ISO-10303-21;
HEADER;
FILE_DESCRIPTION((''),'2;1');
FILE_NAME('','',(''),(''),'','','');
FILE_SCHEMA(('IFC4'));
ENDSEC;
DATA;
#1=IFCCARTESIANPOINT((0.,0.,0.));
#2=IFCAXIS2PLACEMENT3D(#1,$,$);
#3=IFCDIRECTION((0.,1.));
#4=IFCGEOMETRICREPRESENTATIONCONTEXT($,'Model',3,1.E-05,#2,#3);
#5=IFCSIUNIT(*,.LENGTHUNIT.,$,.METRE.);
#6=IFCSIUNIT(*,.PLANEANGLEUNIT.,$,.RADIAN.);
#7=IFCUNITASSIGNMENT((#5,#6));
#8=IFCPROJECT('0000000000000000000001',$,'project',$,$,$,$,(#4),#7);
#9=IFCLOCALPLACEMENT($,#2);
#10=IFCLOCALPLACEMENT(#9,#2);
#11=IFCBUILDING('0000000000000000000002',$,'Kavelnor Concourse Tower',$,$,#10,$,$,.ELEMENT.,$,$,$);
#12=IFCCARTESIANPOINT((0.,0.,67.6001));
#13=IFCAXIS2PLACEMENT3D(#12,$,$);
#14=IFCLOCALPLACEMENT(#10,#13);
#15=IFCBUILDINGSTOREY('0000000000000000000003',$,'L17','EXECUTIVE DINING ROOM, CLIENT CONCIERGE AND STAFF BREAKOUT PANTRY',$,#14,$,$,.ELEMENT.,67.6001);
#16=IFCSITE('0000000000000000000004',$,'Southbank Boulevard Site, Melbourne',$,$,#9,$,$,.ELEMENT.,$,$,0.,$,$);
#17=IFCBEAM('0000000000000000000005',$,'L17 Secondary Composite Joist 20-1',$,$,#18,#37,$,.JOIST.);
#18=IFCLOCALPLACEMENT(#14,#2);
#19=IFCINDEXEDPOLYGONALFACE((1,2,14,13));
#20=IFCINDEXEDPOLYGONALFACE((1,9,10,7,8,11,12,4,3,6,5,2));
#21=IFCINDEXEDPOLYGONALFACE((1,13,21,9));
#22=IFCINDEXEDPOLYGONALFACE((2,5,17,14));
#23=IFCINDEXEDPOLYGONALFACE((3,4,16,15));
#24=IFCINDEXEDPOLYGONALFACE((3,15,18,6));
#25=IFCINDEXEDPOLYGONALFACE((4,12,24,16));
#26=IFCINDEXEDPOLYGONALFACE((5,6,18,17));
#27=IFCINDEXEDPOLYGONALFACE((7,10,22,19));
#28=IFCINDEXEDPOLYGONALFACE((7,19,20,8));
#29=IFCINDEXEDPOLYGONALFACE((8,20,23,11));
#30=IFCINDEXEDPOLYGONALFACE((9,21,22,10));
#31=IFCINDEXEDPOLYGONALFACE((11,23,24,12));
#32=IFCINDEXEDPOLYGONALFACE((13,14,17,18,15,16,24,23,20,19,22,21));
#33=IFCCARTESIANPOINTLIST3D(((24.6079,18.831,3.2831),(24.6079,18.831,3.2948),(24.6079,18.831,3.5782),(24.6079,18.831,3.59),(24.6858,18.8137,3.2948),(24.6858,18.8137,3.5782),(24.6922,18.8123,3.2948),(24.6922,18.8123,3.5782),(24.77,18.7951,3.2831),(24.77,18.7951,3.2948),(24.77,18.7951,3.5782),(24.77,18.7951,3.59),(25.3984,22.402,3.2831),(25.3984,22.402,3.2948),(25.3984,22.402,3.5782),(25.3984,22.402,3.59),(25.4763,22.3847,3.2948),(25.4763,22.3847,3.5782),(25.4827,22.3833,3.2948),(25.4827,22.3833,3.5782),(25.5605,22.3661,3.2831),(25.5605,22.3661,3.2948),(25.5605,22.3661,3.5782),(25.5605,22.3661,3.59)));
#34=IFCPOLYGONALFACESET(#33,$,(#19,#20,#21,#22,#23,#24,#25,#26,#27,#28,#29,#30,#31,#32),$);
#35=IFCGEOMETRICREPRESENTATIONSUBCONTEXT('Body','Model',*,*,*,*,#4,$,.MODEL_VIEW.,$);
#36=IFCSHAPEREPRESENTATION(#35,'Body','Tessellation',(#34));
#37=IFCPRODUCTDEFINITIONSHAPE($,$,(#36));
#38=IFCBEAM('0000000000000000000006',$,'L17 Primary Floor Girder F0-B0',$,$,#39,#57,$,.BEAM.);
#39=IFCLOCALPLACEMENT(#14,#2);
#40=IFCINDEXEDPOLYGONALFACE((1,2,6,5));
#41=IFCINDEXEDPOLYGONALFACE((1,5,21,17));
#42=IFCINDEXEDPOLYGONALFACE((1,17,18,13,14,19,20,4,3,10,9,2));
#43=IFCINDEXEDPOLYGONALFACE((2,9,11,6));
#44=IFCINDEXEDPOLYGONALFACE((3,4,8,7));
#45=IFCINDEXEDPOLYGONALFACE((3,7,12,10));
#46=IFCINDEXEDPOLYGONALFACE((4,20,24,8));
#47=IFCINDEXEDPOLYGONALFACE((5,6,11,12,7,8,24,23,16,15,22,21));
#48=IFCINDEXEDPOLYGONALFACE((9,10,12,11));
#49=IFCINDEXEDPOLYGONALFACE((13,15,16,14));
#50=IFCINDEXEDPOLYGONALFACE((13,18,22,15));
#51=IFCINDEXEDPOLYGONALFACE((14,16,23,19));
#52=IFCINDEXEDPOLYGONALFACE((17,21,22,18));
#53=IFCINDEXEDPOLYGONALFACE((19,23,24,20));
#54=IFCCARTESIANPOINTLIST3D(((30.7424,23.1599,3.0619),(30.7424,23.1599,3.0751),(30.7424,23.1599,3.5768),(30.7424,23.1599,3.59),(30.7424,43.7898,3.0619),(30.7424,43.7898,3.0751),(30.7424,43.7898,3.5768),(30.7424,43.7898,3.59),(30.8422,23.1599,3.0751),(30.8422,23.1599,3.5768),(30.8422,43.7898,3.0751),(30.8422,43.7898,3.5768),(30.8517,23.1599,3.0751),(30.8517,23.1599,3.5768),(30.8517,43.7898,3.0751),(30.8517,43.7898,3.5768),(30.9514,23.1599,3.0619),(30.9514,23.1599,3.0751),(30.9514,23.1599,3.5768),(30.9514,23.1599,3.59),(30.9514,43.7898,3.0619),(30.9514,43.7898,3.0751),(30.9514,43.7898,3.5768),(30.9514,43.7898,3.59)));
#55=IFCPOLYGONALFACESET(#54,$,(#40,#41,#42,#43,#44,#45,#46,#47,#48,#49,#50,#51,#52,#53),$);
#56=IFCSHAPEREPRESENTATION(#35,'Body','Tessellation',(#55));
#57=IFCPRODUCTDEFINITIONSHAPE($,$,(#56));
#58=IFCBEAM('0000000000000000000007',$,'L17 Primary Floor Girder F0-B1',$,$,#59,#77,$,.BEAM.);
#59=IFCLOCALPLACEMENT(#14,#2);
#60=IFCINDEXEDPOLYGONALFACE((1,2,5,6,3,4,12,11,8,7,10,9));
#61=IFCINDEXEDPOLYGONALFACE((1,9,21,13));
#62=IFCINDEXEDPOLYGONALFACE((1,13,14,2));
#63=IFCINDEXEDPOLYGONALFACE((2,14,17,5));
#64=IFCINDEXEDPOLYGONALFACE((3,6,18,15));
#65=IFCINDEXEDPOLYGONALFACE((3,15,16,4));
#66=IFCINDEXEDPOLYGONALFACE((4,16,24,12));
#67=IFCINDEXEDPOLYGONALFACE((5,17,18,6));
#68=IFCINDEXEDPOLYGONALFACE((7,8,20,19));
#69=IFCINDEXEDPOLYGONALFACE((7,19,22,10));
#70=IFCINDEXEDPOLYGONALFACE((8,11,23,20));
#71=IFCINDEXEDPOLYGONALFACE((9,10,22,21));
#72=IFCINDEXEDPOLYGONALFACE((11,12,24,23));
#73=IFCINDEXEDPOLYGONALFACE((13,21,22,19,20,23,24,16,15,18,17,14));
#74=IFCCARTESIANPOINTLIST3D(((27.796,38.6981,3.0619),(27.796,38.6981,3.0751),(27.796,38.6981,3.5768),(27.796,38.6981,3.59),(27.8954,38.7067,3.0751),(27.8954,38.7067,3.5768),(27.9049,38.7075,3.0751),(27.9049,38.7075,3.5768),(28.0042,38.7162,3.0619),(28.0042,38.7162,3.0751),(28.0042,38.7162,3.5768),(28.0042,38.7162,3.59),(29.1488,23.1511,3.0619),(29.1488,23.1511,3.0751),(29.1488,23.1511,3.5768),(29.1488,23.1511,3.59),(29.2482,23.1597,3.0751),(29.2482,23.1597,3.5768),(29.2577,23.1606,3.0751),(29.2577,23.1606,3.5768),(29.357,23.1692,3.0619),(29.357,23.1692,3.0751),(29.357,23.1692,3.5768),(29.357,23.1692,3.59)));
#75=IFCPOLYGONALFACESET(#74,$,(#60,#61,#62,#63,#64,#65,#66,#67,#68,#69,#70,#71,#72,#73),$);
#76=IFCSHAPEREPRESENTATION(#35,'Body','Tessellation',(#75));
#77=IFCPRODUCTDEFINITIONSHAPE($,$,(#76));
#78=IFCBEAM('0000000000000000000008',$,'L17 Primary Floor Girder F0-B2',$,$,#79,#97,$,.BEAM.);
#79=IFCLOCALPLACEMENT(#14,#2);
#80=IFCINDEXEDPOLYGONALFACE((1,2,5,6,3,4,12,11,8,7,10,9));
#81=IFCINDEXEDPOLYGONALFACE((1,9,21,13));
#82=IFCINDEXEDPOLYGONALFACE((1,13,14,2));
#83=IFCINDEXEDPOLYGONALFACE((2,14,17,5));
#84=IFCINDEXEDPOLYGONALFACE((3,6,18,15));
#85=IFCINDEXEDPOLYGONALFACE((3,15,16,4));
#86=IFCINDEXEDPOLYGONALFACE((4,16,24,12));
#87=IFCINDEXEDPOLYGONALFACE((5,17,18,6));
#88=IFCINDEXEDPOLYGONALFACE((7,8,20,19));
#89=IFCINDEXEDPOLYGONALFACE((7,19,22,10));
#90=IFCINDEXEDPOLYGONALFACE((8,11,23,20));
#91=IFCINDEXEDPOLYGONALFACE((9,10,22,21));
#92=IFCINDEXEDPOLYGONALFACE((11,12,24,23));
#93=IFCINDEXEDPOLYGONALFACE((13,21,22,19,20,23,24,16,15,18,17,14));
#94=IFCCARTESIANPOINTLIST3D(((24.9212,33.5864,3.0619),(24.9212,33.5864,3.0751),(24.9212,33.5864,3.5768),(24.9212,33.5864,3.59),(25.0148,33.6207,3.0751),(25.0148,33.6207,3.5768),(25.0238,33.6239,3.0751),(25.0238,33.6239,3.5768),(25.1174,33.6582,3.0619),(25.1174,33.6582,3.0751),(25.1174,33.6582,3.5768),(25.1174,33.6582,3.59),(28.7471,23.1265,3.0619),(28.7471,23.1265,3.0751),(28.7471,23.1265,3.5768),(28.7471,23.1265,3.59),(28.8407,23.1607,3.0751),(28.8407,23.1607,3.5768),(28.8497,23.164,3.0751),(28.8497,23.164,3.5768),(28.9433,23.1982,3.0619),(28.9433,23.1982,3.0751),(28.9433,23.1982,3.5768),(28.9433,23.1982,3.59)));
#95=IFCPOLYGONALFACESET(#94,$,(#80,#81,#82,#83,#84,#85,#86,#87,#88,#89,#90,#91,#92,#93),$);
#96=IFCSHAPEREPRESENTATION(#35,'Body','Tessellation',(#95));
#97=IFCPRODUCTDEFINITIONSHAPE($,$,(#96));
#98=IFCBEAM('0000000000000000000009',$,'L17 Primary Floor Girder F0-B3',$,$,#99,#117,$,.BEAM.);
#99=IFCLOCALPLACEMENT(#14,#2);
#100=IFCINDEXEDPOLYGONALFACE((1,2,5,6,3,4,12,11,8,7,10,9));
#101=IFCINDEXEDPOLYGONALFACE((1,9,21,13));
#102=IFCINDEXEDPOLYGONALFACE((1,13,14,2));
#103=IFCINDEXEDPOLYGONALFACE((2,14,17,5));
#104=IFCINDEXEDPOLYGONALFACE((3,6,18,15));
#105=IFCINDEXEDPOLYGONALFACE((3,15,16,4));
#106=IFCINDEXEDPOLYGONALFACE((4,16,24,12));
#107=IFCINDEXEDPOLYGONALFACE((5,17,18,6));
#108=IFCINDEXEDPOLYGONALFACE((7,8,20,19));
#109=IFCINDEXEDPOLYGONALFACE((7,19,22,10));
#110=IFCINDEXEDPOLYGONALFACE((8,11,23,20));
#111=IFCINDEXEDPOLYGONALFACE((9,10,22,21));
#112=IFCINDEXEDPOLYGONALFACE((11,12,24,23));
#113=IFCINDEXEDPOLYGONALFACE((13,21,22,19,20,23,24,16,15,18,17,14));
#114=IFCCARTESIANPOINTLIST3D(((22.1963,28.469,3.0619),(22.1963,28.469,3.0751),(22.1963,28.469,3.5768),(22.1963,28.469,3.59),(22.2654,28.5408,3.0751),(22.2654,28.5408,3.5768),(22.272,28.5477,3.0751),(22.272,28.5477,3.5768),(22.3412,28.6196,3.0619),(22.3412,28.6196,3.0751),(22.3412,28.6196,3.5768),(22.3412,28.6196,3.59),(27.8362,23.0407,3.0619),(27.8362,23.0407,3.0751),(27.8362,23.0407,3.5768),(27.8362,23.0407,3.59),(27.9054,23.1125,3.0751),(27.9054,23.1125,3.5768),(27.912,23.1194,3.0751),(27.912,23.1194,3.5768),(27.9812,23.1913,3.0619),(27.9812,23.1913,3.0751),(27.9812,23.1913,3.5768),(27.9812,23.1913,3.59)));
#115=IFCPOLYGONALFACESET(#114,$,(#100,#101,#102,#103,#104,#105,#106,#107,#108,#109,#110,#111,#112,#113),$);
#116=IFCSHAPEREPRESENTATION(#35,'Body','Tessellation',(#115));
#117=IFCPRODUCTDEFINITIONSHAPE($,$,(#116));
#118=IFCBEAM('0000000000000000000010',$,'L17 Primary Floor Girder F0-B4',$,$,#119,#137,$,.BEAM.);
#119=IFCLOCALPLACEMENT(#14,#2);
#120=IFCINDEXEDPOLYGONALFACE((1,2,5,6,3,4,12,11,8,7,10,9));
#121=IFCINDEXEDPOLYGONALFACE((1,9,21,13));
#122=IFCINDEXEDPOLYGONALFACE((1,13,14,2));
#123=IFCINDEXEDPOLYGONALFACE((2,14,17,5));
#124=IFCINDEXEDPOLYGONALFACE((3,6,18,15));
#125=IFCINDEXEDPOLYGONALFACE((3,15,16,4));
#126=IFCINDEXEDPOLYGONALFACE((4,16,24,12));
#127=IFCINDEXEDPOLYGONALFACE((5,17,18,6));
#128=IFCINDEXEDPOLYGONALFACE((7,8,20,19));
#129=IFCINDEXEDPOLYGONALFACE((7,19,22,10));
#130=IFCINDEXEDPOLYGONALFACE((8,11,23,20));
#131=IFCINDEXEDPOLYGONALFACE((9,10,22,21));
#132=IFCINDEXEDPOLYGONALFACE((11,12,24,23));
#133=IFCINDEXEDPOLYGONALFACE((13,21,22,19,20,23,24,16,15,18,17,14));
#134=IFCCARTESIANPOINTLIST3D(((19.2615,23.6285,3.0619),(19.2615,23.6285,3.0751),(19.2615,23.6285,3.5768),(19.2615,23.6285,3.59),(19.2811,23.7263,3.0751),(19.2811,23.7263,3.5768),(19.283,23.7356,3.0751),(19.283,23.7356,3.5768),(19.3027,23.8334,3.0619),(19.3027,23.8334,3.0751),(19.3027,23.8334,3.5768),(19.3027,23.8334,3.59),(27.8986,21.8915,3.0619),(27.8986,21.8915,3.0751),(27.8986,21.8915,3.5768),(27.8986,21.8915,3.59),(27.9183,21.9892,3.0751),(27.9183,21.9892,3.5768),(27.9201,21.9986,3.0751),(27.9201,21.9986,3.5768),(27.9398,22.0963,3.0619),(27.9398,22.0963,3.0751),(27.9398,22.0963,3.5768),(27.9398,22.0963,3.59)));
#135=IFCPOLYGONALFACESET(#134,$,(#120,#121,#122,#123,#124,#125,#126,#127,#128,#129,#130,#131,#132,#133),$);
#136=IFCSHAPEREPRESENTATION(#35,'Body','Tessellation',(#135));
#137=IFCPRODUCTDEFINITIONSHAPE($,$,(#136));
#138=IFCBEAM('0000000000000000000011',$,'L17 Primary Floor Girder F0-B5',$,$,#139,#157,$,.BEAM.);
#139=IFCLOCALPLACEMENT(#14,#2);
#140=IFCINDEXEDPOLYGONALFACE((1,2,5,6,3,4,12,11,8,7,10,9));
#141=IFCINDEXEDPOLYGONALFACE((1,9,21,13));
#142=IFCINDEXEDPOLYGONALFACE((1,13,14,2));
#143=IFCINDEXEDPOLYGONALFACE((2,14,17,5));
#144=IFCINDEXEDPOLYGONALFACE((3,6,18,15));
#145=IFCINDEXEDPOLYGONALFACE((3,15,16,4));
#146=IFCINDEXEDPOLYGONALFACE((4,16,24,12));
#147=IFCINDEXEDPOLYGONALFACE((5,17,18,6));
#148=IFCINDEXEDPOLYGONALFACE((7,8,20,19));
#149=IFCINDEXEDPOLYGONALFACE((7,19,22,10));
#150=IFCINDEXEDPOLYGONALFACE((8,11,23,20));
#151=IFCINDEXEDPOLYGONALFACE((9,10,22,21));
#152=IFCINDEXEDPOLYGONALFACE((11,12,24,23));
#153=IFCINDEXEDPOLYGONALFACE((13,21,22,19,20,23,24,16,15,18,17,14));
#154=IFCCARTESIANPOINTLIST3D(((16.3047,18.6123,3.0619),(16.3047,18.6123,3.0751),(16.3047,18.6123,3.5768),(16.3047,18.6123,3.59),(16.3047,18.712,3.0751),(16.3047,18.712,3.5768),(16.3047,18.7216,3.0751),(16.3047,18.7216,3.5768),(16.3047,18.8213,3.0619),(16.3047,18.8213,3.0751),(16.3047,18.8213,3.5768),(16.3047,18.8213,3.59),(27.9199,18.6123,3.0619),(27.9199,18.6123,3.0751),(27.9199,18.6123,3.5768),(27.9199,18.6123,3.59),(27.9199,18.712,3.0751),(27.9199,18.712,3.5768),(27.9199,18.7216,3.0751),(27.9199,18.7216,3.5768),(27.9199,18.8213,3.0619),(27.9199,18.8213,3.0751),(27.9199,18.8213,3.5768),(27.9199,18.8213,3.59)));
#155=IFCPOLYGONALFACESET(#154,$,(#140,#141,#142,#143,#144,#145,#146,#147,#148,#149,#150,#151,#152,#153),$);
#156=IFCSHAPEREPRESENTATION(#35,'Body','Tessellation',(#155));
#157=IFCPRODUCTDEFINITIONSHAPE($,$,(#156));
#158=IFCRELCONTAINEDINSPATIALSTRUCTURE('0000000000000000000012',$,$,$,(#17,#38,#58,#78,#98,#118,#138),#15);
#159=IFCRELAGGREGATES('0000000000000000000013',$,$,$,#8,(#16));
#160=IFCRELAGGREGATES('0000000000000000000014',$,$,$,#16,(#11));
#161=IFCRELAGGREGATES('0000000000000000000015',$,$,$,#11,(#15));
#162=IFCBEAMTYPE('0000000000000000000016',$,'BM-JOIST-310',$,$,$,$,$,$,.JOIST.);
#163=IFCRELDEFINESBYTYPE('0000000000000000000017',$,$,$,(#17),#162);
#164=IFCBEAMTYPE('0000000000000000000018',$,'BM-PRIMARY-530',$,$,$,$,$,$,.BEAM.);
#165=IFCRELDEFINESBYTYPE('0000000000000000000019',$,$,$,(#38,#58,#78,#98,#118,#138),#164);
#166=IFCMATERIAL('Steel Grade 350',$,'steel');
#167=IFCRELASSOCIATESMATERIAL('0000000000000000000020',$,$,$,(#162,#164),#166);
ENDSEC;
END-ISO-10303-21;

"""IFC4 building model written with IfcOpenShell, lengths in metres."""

from ifc_helpers import new_model, si_unit, direction, frame, origin, origin_2d, place, context, subcontext, project, spatial, i_section, extrude, material, material_profile, profile_set, type_object, element, save


model = new_model("IFC4")

# Units and contexts
model_context = context("Model", 3, precision=1e-05, world=origin(), true_north=direction((0.0, 1.0)))
body_context = subcontext(model_context, "Body", "Model", "MODEL_VIEW")
ifc_project = project(units=[si_unit("LENGTHUNIT", "METRE"), si_unit("PLANEANGLEUNIT", "RADIAN")], contexts=[model_context])

# Site, building, storey
site_placement = place(None, origin())
site = spatial("IfcSite", under=ifc_project, at=site_placement, Name="Southbank Boulevard Site, Melbourne", CompositionType="ELEMENT", RefElevation=0.0)
building_placement = place(site_placement, origin())
building = spatial("IfcBuilding", under=site, at=building_placement, Name="Kavelnor Concourse Tower", CompositionType="ELEMENT")
storey_placement = place(building_placement, frame((0.0, 0.0, 67.6001)))
storey = spatial("IfcBuildingStorey", under=building, at=storey_placement, Name="L17", Description="EXECUTIVE DINING ROOM, CLIENT CONCIERGE AND STAFF BREAKOUT PANTRY", CompositionType="ELEMENT", Elevation=67.6001)

# Beams
ifc_material_1 = material(Name="Steel Grade 350", Category="steel")
ifc_material_profile_1 = material_profile(ifc_material_1, i_section(OverallWidth=0.166, OverallDepth=0.3069, WebThickness=0.0066, FlangeThickness=0.0117, at=origin_2d()), Name="310UB46")
ifc_profile_set_1 = profile_set([ifc_material_profile_1], Name="Steel Grade 350")
beam_type_1 = type_object("IfcBeamType", Name="BM-JOIST-310", PredefinedType="JOIST", material=ifc_profile_set_1)
beam_1_placement = place(storey_placement, frame((25.4795, 22.384, 3.4365), z_axis=(-0.216139, -0.976363, 0.0), x_axis=(0.976363, -0.216139, 0.0)))
element("IfcBeam", 1, at=beam_1_placement, inside=storey, type_object=beam_type_1, Name="L17 Secondary Composite Joist 20-1", PredefinedType="JOIST", context=body_context, shape_type="SweptSolid", body=[
    extrude(i_section(OverallWidth=0.166, OverallDepth=0.3069, WebThickness=0.0066, FlangeThickness=0.0117, at=origin_2d()), origin(), (0.0, 0.0, 1.0), 3.6575),
])
ifc_material_profile_2 = material_profile(ifc_material_1, i_section(OverallWidth=0.209, OverallDepth=0.5281, WebThickness=0.0095, FlangeThickness=0.0132, at=origin_2d()), Name="530UB82")
ifc_profile_set_2 = profile_set([ifc_material_profile_2], Name="Steel Grade 350")
beam_type_2 = type_object("IfcBeamType", Name="BM-PRIMARY-530", PredefinedType="BEAM", material=ifc_profile_set_2)
beam_2_placement = place(storey_placement, frame((30.8469, 23.1599, 3.3259), z_axis=(0.0, 1.0, 0.0), x_axis=(-1.0, 0.0, 0.0)))
element("IfcBeam", 2, at=beam_2_placement, inside=storey, type_object=beam_type_2, Name="L17 Primary Floor Girder F0-B0", PredefinedType="BEAM", context=body_context, shape_type="SweptSolid", body=[
    extrude(i_section(OverallWidth=0.209, OverallDepth=0.5281, WebThickness=0.0095, FlangeThickness=0.0132, at=origin_2d()), origin(), (0.0, 0.0, 1.0), 20.6299),
])
beam_3_placement = place(storey_placement, frame((29.2529, 23.1602, 3.3259), z_axis=(-0.086686, 0.996236, 0.0), x_axis=(-0.996236, -0.086686, 0.0)))
element("IfcBeam", 3, at=beam_3_placement, inside=storey, type_object=beam_type_2, Name="L17 Primary Floor Girder F0-B1", PredefinedType="BEAM", context=body_context, shape_type="SweptSolid", body=[
    extrude(i_section(OverallWidth=0.209, OverallDepth=0.5281, WebThickness=0.0095, FlangeThickness=0.0132, at=origin_2d()), origin(), (0.0, 0.0, 1.0), 15.6057),
])
beam_4_placement = place(storey_placement, frame((28.8452, 23.1624, 3.3259), z_axis=(-0.343511, 0.939149, 0.0), x_axis=(-0.939149, -0.343511, 0.0)))
element("IfcBeam", 4, at=beam_4_placement, inside=storey, type_object=beam_type_2, Name="L17 Primary Floor Girder F0-B2", PredefinedType="BEAM", context=body_context, shape_type="SweptSolid", body=[
    extrude(i_section(OverallWidth=0.209, OverallDepth=0.5281, WebThickness=0.0095, FlangeThickness=0.0132, at=origin_2d()), origin(), (0.0, 0.0, 1.0), 11.1377),
])
beam_5_placement = place(storey_placement, frame((27.9087, 23.116, 3.3259), z_axis=(-0.720498, 0.693457, 0.0), x_axis=(-0.693457, -0.720498, 0.0)))
element("IfcBeam", 5, at=beam_5_placement, inside=storey, type_object=beam_type_2, Name="L17 Primary Floor Girder F0-B3", PredefinedType="BEAM", context=body_context, shape_type="SweptSolid", body=[
    extrude(i_section(OverallWidth=0.209, OverallDepth=0.5281, WebThickness=0.0095, FlangeThickness=0.0132, at=origin_2d()), origin(), (0.0, 0.0, 1.0), 7.8279),
])
beam_6_placement = place(storey_placement, frame((27.9192, 21.9939, 3.3259), z_axis=(-0.98037, 0.197166, 0.0), x_axis=(-0.197166, -0.98037, 0.0)))
element("IfcBeam", 6, at=beam_6_placement, inside=storey, type_object=beam_type_2, Name="L17 Primary Floor Girder F0-B4", PredefinedType="BEAM", context=body_context, shape_type="SweptSolid", body=[
    extrude(i_section(OverallWidth=0.209, OverallDepth=0.5281, WebThickness=0.0095, FlangeThickness=0.0132, at=origin_2d()), origin(), (0.0, 0.0, 1.0), 8.8101),
])
beam_7_placement = place(storey_placement, frame((27.9199, 18.7168, 3.3259), z_axis=(-1.0, 0.0, 0.0), x_axis=(0.0, -1.0, 0.0)))
element("IfcBeam", 7, at=beam_7_placement, inside=storey, type_object=beam_type_2, Name="L17 Primary Floor Girder F0-B5", PredefinedType="BEAM", context=body_context, shape_type="SweptSolid", body=[
    extrude(i_section(OverallWidth=0.209, OverallDepth=0.5281, WebThickness=0.0095, FlangeThickness=0.0132, at=origin_2d()), origin(), (0.0, 0.0, 1.0), 11.6152),
])

save(model, "model.ifc")
